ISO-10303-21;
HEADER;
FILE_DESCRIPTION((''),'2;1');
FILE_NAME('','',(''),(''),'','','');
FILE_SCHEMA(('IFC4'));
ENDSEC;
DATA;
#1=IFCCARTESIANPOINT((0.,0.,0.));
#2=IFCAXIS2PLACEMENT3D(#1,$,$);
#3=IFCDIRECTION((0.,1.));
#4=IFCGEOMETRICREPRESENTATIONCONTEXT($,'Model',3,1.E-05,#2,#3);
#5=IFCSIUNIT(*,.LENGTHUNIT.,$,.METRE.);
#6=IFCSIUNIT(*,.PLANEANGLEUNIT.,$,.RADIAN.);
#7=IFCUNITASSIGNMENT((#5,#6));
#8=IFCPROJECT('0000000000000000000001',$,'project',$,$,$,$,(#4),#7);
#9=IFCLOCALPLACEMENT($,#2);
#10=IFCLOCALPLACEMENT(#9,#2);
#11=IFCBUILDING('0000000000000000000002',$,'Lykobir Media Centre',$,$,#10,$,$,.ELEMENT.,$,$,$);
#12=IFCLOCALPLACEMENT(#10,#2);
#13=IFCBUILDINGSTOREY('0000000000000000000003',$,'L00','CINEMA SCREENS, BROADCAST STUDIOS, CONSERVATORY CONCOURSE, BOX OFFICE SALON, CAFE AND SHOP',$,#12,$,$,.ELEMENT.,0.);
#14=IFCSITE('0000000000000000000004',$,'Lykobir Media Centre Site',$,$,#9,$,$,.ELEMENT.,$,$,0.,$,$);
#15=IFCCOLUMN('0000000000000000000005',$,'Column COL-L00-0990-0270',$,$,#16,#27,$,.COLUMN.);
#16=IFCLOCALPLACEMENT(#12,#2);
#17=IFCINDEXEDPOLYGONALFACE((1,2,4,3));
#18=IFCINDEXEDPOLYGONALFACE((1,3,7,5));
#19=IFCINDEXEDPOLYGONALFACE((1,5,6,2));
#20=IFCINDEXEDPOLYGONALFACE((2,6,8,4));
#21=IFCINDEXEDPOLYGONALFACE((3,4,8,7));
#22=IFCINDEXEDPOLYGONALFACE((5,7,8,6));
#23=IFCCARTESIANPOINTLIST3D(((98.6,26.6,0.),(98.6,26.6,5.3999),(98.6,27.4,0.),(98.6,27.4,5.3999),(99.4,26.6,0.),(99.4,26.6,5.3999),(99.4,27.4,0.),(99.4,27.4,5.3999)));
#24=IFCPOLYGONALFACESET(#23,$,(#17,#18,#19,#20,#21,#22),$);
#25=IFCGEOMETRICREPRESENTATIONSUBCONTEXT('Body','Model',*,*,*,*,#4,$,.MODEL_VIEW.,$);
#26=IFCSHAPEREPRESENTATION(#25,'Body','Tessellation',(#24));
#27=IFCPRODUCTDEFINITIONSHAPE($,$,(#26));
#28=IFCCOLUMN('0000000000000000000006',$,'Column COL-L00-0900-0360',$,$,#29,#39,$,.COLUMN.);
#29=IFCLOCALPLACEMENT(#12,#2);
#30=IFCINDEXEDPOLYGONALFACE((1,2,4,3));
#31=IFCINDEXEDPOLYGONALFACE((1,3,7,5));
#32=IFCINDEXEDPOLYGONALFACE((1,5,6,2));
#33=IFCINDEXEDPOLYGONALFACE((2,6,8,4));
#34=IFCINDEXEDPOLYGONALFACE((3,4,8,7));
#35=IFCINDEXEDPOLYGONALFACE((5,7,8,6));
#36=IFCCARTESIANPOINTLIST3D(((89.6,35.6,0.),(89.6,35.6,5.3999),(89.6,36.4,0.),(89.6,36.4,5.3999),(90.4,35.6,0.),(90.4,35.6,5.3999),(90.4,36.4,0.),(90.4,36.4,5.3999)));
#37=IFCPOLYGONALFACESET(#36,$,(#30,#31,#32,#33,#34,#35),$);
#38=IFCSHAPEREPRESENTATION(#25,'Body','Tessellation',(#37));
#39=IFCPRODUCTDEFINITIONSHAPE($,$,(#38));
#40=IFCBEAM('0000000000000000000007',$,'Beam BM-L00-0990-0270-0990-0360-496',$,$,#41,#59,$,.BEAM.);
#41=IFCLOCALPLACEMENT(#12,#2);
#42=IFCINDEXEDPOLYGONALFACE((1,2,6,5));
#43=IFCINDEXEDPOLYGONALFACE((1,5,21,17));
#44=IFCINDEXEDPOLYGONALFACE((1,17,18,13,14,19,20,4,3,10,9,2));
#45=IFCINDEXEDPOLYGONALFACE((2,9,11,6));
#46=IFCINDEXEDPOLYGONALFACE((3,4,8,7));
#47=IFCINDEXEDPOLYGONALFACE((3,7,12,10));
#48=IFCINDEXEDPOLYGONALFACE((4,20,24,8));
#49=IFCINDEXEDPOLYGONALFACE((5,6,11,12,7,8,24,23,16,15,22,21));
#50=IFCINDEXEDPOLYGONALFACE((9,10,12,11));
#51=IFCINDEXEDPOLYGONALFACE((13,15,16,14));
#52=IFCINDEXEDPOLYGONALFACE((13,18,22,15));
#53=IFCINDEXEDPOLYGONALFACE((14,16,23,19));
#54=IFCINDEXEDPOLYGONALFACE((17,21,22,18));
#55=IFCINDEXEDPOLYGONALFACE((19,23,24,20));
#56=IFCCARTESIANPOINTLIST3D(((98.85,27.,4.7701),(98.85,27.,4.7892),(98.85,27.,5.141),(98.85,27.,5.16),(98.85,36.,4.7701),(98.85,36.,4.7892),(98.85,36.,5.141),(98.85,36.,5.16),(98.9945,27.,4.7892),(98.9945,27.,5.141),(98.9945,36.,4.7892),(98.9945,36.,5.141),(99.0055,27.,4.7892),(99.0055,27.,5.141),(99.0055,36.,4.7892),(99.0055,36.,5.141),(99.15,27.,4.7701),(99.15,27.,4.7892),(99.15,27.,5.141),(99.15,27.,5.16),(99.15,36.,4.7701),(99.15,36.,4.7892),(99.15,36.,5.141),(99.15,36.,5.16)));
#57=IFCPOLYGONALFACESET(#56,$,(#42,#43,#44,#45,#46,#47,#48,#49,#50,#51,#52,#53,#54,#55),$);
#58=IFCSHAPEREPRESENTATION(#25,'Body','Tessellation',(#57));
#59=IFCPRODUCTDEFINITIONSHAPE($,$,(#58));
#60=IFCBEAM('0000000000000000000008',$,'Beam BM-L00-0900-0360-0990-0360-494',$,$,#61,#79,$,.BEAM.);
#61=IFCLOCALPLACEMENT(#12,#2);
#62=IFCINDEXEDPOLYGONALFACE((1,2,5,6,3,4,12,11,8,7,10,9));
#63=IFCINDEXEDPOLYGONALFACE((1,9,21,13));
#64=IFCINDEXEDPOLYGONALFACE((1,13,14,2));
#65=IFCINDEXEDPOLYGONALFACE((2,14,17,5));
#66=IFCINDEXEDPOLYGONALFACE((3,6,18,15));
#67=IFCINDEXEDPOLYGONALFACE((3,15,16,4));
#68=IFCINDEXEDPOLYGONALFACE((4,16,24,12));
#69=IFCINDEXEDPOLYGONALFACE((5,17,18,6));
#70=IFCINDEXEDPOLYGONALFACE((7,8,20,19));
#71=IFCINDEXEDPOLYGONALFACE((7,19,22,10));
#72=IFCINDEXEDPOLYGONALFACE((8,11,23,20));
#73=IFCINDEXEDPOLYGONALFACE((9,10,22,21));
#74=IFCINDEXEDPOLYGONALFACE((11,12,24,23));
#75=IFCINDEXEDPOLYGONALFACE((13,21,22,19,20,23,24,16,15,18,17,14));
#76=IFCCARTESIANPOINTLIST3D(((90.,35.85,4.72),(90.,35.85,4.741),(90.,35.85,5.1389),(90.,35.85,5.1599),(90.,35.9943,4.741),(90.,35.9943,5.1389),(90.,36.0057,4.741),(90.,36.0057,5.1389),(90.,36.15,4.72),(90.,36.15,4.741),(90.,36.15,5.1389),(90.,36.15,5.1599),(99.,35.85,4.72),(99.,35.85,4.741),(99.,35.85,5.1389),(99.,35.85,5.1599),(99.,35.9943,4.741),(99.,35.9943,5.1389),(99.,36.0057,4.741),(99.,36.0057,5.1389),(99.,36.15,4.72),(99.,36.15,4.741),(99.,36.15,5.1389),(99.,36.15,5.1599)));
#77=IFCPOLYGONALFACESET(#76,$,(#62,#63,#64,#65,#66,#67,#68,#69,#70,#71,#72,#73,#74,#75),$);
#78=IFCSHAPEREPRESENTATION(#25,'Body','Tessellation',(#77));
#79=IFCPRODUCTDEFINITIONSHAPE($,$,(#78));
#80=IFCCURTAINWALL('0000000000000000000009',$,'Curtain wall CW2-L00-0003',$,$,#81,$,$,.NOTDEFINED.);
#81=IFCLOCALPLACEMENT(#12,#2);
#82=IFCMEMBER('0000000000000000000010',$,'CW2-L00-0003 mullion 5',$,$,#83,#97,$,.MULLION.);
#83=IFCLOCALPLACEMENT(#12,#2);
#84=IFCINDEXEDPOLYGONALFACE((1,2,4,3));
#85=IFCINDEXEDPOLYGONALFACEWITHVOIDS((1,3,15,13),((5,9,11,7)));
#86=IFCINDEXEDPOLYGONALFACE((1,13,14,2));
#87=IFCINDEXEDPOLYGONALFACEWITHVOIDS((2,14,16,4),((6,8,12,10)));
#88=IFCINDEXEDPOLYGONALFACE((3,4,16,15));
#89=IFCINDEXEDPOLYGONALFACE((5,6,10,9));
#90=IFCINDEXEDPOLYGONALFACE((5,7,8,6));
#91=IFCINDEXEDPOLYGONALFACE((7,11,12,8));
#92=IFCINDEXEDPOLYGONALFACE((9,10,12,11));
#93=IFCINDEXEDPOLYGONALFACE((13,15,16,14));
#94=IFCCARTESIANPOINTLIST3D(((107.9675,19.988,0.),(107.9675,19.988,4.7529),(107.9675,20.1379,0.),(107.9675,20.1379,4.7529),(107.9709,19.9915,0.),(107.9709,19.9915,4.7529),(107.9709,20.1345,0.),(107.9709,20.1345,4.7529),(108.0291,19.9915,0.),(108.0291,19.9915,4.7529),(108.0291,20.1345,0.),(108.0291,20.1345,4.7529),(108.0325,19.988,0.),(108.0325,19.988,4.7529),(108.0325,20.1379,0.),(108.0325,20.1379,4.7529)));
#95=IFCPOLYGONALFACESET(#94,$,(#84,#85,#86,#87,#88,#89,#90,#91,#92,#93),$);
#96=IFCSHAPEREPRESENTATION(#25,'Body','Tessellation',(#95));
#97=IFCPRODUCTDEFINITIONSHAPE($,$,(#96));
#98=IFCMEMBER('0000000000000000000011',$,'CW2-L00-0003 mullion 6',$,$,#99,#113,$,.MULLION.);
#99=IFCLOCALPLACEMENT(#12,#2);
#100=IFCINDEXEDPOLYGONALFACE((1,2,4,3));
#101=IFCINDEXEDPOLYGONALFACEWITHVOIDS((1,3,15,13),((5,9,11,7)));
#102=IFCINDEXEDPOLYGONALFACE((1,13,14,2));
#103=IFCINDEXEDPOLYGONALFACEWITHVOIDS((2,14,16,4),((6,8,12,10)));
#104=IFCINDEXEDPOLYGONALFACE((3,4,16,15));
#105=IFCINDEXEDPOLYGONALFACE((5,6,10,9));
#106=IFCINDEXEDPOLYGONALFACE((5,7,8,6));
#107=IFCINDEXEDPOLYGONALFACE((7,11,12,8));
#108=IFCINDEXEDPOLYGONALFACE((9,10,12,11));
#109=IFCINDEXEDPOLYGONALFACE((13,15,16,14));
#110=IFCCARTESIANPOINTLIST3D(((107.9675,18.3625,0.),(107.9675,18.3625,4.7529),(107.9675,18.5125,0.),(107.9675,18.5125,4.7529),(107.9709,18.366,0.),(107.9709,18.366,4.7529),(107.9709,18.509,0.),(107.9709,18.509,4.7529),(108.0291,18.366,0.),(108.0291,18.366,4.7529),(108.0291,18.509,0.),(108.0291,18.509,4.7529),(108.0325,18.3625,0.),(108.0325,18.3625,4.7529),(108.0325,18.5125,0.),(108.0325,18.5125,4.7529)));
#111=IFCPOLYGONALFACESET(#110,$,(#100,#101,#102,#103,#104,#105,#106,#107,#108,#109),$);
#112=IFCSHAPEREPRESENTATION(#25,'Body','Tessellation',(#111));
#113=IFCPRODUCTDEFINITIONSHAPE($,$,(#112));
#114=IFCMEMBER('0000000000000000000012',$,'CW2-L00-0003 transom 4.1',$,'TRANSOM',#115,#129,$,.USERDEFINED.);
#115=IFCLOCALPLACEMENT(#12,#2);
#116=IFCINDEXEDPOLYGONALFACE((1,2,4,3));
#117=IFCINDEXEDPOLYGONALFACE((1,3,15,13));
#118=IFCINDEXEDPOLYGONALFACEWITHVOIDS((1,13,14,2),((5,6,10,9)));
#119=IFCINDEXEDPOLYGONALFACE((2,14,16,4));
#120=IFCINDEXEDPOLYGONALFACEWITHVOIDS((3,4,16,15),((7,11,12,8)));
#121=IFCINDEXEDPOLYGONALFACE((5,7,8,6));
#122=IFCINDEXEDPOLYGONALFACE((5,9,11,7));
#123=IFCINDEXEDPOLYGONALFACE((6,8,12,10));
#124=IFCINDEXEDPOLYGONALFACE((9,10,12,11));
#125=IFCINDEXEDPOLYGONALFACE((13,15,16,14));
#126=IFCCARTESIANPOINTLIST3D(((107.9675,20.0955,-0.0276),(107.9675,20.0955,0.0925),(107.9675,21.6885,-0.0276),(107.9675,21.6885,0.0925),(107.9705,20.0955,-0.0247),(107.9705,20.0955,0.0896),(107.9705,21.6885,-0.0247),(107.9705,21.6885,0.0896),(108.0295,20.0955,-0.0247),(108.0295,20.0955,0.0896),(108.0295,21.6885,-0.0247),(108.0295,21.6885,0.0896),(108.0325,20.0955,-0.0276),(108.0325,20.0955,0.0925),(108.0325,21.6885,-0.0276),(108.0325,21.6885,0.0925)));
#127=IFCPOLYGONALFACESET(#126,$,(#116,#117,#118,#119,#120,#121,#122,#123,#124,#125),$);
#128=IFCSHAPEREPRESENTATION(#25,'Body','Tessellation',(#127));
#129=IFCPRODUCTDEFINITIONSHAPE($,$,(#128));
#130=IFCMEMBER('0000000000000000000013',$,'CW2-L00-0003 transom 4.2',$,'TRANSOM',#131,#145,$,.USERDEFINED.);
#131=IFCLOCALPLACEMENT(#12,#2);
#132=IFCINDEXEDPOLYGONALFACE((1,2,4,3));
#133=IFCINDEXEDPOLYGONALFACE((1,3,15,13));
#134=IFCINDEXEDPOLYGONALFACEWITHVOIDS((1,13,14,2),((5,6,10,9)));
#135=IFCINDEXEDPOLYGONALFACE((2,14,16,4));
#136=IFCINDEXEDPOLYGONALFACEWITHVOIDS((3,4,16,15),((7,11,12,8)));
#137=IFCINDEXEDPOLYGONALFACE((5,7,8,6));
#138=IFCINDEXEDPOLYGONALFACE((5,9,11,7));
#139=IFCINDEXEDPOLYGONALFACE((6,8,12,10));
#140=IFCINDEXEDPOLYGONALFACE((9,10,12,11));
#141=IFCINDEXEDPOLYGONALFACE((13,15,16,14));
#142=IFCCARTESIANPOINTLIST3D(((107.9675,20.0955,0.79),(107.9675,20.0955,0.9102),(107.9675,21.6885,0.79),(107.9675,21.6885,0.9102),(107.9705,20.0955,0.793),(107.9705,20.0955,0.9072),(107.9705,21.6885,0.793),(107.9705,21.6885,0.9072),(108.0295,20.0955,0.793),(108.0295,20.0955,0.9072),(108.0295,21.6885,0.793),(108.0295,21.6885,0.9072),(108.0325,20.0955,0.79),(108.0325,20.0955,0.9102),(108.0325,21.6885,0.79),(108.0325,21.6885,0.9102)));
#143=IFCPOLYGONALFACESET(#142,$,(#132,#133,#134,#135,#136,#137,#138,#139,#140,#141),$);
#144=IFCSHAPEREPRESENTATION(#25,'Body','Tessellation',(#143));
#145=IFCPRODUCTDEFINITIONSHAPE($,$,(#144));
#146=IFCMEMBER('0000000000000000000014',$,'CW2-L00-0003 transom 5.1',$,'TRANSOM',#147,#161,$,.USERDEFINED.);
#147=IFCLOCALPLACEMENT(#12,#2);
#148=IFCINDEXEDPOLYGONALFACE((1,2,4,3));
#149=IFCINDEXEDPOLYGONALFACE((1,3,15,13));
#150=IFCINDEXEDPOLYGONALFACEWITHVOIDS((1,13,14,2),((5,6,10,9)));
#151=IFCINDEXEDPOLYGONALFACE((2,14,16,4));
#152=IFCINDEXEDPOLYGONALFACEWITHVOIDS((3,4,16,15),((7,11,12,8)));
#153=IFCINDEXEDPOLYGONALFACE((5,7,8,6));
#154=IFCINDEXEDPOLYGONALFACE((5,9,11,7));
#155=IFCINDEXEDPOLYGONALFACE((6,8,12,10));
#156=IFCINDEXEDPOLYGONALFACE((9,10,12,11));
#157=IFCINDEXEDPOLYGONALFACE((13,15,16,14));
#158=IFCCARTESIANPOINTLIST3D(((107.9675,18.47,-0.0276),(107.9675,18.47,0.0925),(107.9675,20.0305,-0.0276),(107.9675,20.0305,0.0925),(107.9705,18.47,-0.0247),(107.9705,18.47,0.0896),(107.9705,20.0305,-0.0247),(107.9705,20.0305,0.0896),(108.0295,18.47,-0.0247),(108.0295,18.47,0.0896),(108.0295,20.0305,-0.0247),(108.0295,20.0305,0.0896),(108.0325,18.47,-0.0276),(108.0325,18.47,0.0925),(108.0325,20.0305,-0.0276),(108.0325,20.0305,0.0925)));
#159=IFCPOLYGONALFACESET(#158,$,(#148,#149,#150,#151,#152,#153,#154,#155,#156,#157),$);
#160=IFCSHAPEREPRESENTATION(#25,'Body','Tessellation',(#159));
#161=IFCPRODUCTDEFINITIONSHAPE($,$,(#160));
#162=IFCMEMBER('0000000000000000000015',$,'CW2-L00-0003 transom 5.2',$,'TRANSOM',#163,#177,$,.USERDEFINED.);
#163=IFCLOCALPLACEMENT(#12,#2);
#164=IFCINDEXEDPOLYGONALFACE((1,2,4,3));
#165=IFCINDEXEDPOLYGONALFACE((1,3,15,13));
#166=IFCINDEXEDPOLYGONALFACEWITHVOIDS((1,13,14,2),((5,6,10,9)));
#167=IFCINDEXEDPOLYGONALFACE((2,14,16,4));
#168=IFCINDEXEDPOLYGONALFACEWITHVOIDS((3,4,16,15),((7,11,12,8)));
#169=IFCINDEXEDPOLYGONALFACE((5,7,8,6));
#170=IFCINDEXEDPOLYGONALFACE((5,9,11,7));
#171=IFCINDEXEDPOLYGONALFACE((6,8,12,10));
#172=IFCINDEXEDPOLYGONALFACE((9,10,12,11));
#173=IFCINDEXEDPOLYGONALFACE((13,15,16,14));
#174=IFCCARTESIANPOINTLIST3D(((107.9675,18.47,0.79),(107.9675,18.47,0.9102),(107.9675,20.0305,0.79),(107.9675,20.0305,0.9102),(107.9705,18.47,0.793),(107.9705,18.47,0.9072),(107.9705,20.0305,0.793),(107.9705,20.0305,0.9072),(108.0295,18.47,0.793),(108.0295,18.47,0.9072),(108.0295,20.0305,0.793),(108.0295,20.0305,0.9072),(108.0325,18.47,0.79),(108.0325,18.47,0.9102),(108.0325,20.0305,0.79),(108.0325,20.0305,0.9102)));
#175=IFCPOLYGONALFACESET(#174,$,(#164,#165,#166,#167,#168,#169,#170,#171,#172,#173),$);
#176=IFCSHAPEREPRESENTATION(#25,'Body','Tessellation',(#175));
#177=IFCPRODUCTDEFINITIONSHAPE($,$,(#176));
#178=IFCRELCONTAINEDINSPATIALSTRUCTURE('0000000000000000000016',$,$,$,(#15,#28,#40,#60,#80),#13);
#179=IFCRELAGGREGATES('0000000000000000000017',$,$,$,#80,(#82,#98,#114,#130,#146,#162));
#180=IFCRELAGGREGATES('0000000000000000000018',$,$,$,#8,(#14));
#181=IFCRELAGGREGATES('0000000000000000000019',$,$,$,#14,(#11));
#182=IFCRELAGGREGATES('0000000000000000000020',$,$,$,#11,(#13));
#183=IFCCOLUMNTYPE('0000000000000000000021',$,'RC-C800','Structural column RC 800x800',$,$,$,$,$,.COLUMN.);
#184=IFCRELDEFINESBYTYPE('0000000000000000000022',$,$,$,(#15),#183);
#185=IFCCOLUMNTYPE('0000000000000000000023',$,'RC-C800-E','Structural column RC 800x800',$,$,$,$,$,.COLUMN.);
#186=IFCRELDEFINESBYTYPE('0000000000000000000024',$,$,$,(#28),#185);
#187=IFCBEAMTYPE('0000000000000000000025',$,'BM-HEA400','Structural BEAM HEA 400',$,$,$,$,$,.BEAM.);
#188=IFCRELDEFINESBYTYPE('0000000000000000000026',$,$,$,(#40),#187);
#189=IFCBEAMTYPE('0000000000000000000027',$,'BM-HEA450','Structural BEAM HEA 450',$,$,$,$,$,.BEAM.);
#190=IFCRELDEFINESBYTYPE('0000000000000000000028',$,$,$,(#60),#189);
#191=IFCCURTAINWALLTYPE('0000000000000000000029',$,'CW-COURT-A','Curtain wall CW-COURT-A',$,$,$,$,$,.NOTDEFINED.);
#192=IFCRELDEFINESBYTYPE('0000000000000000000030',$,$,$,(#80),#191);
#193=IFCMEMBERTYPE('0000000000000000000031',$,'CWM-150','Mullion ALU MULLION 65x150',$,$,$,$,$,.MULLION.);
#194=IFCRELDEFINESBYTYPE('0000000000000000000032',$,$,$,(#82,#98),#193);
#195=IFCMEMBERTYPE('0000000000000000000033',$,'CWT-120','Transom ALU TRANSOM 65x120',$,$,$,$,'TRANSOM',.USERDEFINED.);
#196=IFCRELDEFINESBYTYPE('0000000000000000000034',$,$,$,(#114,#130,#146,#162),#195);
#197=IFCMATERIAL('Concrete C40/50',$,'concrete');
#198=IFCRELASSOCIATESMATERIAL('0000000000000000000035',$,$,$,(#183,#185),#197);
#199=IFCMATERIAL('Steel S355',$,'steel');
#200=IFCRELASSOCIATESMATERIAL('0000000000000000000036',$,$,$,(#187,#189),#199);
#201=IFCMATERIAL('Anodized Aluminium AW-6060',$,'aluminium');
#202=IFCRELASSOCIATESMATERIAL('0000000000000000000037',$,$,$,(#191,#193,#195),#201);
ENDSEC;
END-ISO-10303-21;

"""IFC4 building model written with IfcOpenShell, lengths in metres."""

from ifc_helpers import new_model, si_unit, direction, frame, origin, origin_2d, place, context, subcontext, project, spatial, rectangle, hollow_rectangle, i_section, extrude, material, material_profile, profile_set, type_object, element, aggregate, save


model = new_model("IFC4")

# Units and contexts
model_context = context("Model", 3, precision=1e-05, world=origin(), true_north=direction((0.0, 1.0)))
body_context = subcontext(model_context, "Body", "Model", "MODEL_VIEW")
ifc_project = project(units=[si_unit("LENGTHUNIT", "METRE"), si_unit("PLANEANGLEUNIT", "RADIAN")], contexts=[model_context])

# Site, building, storey
site_placement = place(None, origin())
site = spatial("IfcSite", under=ifc_project, at=site_placement, Name="Lykobir Media Centre Site", CompositionType="ELEMENT", RefElevation=0.0)
building_placement = place(site_placement, origin())
building = spatial("IfcBuilding", under=site, at=building_placement, Name="Lykobir Media Centre", CompositionType="ELEMENT")
storey_placement = place(building_placement, origin())
storey = spatial("IfcBuildingStorey", under=building, at=storey_placement, Name="L00", Description="CINEMA SCREENS, BROADCAST STUDIOS, CONSERVATORY CONCOURSE, BOX OFFICE SALON, CAFE AND SHOP", CompositionType="ELEMENT", Elevation=0.0)

# Columns
ifc_material_1 = material(Name="Concrete C40/50", Category="concrete")
ifc_material_profile_1 = material_profile(ifc_material_1, rectangle(XDim=0.8, YDim=0.8, at=origin_2d()), Name="RC 800x800")
ifc_profile_set_1 = profile_set([ifc_material_profile_1], Name="Concrete C40/50")
column_type_1 = type_object("IfcColumnType", Name="RC-C800", Description="Structural column RC 800x800", PredefinedType="COLUMN", material=ifc_profile_set_1)
column_1_placement = place(storey_placement, frame((99.0, 27.0, 0.0), z_axis=(0.0, 0.0, 1.0), x_axis=(1.0, 0.0, 0.0)))
element("IfcColumn", 1, at=column_1_placement, inside=storey, type_object=column_type_1, Name="Column COL-L00-0990-0270", PredefinedType="COLUMN", context=body_context, shape_type="SweptSolid", body=[
    extrude(rectangle(XDim=0.8, YDim=0.8, at=origin_2d()), origin(), (0.0, 0.0, 1.0), 5.3999),
])
ifc_material_profile_2 = material_profile(ifc_material_1, rectangle(XDim=0.8, YDim=0.8, at=origin_2d()), Name="RC 800x800")
ifc_profile_set_2 = profile_set([ifc_material_profile_2], Name="Concrete C40/50")
column_type_2 = type_object("IfcColumnType", Name="RC-C800-E", Description="Structural column RC 800x800", PredefinedType="COLUMN", material=ifc_profile_set_2)
column_2_placement = place(storey_placement, frame((90.0, 36.0, 0.0), z_axis=(0.0, 0.0, 1.0), x_axis=(1.0, 0.0, 0.0)))
element("IfcColumn", 2, at=column_2_placement, inside=storey, type_object=column_type_2, Name="Column COL-L00-0900-0360", PredefinedType="COLUMN", context=body_context, shape_type="SweptSolid", body=[
    extrude(rectangle(XDim=0.8, YDim=0.8, at=origin_2d()), origin(), (0.0, 0.0, 1.0), 5.3999),
])

# Beams
ifc_material_2 = material(Name="Steel S355", Category="steel")
ifc_material_profile_3 = material_profile(ifc_material_2, i_section(OverallWidth=0.3, OverallDepth=0.3899, WebThickness=0.011, FlangeThickness=0.019, at=origin_2d()), Name="HEA 400")
ifc_profile_set_3 = profile_set([ifc_material_profile_3], Name="Steel S355")
beam_type_1 = type_object("IfcBeamType", Name="BM-HEA400", Description="Structural BEAM HEA 400", PredefinedType="BEAM", material=ifc_profile_set_3)
beam_1_placement = place(storey_placement, frame((99.0, 27.0, 4.9651), z_axis=(0.0, 1.0, 0.0), x_axis=(-1.0, 0.0, 0.0)))
element("IfcBeam", 3, at=beam_1_placement, inside=storey, type_object=beam_type_1, Name="Beam BM-L00-0990-0270-0990-0360-496", PredefinedType="BEAM", context=body_context, shape_type="SweptSolid", body=[
    extrude(i_section(OverallWidth=0.3, OverallDepth=0.3899, WebThickness=0.011, FlangeThickness=0.019, at=origin_2d()), origin(), (0.0, 0.0, 1.0), 9.0),
])
ifc_material_profile_4 = material_profile(ifc_material_2, i_section(OverallWidth=0.3, OverallDepth=0.4399, WebThickness=0.0115, FlangeThickness=0.021, at=origin_2d()), Name="HEA 450")
ifc_profile_set_4 = profile_set([ifc_material_profile_4], Name="Steel S355")
beam_type_2 = type_object("IfcBeamType", Name="BM-HEA450", Description="Structural BEAM HEA 450", PredefinedType="BEAM", material=ifc_profile_set_4)
beam_2_placement = place(storey_placement, frame((90.0, 36.0, 4.9399), z_axis=(1.0, 0.0, 0.0), x_axis=(0.0, 1.0, 0.0)))
element("IfcBeam", 4, at=beam_2_placement, inside=storey, type_object=beam_type_2, Name="Beam BM-L00-0900-0360-0990-0360-494", PredefinedType="BEAM", context=body_context, shape_type="SweptSolid", body=[
    extrude(i_section(OverallWidth=0.3, OverallDepth=0.4399, WebThickness=0.0115, FlangeThickness=0.021, at=origin_2d()), origin(), (0.0, 0.0, 1.0), 9.0),
])

# Curtain wall, members
ifc_material_3 = material(Name="Anodized Aluminium AW-6060", Category="aluminium")
curtain_wall_type = type_object("IfcCurtainWallType", Name="CW-COURT-A", Description="Curtain wall CW-COURT-A", PredefinedType="NOTDEFINED", material=ifc_material_3)
curtain_wall_placement = place(storey_placement, origin())
curtain_wall = element("IfcCurtainWall", 5, at=curtain_wall_placement, inside=storey, type_object=curtain_wall_type, Name="Curtain wall CW2-L00-0003", PredefinedType="NOTDEFINED")
ifc_material_profile_5 = material_profile(ifc_material_3, hollow_rectangle(XDim=0.0649, YDim=0.1499, WallThickness=0.0034, at=origin_2d()), Name="ALU MULLION 65x150")
ifc_profile_set_5 = profile_set([ifc_material_profile_5], Name="Anodized Aluminium AW-6060")
member_type_1 = type_object("IfcMemberType", Name="CWM-150", Description="Mullion ALU MULLION 65x150", PredefinedType="MULLION", material=ifc_profile_set_5)
member_1_placement = place(storey_placement, frame((108.0, 20.063, 0.0), z_axis=(0.0, 0.0, 1.0), x_axis=(1.0, 0.0, 0.0)))
member_1 = element("IfcMember", 6, at=member_1_placement, type_object=member_type_1, Name="CW2-L00-0003 mullion 5", PredefinedType="MULLION", context=body_context, shape_type="SweptSolid", body=[
    extrude(hollow_rectangle(XDim=0.0649, YDim=0.1499, WallThickness=0.0034, at=origin_2d()), origin(), (0.0, 0.0, 1.0), 4.7529),
])
member_2_placement = place(storey_placement, frame((108.0, 18.4375, 0.0), z_axis=(0.0, 0.0, 1.0), x_axis=(1.0, 0.0, 0.0)))
member_2 = element("IfcMember", 7, at=member_2_placement, type_object=member_type_1, Name="CW2-L00-0003 mullion 6", PredefinedType="MULLION", context=body_context, shape_type="SweptSolid", body=[
    extrude(hollow_rectangle(XDim=0.0649, YDim=0.1499, WallThickness=0.0034, at=origin_2d()), origin(), (0.0, 0.0, 1.0), 4.7529),
])
ifc_material_profile_6 = material_profile(ifc_material_3, hollow_rectangle(XDim=0.0649, YDim=0.1201, WallThickness=0.0029, at=origin_2d()), Name="ALU TRANSOM 65x120")
ifc_profile_set_6 = profile_set([ifc_material_profile_6], Name="Anodized Aluminium AW-6060")
member_type_2 = type_object("IfcMemberType", Name="CWT-120", Description="Transom ALU TRANSOM 65x120", ElementType="TRANSOM", PredefinedType="USERDEFINED", material=ifc_profile_set_6)
member_3_placement = place(storey_placement, frame((108.0, 21.6885, 0.0325), z_axis=(0.0, -1.0, 0.0), x_axis=(1.0, 0.0, 0.0)))
member_3 = element("IfcMember", 8, at=member_3_placement, type_object=member_type_2, Name="CW2-L00-0003 transom 4.1", ObjectType="TRANSOM", PredefinedType="USERDEFINED", context=body_context, shape_type="SweptSolid", body=[
    extrude(hollow_rectangle(XDim=0.0649, YDim=0.1201, WallThickness=0.0029, at=origin_2d()), origin(), (0.0, 0.0, 1.0), 1.593),
])
member_4_placement = place(storey_placement, frame((108.0, 21.6885, 0.8501), z_axis=(0.0, -1.0, 0.0), x_axis=(1.0, 0.0, 0.0)))
member_4 = element("IfcMember", 9, at=member_4_placement, type_object=member_type_2, Name="CW2-L00-0003 transom 4.2", ObjectType="TRANSOM", PredefinedType="USERDEFINED", context=body_context, shape_type="SweptSolid", body=[
    extrude(hollow_rectangle(XDim=0.0649, YDim=0.1201, WallThickness=0.0029, at=origin_2d()), origin(), (0.0, 0.0, 1.0), 1.593),
])
member_5_placement = place(storey_placement, frame((108.0, 20.0305, 0.0325), z_axis=(0.0, -1.0, 0.0), x_axis=(1.0, 0.0, 0.0)))
member_5 = element("IfcMember", 10, at=member_5_placement, type_object=member_type_2, Name="CW2-L00-0003 transom 5.1", ObjectType="TRANSOM", PredefinedType="USERDEFINED", context=body_context, shape_type="SweptSolid", body=[
    extrude(hollow_rectangle(XDim=0.0649, YDim=0.1201, WallThickness=0.0029, at=origin_2d()), origin(), (0.0, 0.0, 1.0), 1.5605),
])
member_6_placement = place(storey_placement, frame((108.0, 20.0305, 0.8501), z_axis=(0.0, -1.0, 0.0), x_axis=(1.0, 0.0, 0.0)))
member_6 = element("IfcMember", 11, at=member_6_placement, type_object=member_type_2, Name="CW2-L00-0003 transom 5.2", ObjectType="TRANSOM", PredefinedType="USERDEFINED", context=body_context, shape_type="SweptSolid", body=[
    extrude(hollow_rectangle(XDim=0.0649, YDim=0.1201, WallThickness=0.0029, at=origin_2d()), origin(), (0.0, 0.0, 1.0), 1.5605),
])

aggregate(curtain_wall, [member_1, member_2, member_3, member_4, member_5, member_6])

save(model, "model.ifc")
